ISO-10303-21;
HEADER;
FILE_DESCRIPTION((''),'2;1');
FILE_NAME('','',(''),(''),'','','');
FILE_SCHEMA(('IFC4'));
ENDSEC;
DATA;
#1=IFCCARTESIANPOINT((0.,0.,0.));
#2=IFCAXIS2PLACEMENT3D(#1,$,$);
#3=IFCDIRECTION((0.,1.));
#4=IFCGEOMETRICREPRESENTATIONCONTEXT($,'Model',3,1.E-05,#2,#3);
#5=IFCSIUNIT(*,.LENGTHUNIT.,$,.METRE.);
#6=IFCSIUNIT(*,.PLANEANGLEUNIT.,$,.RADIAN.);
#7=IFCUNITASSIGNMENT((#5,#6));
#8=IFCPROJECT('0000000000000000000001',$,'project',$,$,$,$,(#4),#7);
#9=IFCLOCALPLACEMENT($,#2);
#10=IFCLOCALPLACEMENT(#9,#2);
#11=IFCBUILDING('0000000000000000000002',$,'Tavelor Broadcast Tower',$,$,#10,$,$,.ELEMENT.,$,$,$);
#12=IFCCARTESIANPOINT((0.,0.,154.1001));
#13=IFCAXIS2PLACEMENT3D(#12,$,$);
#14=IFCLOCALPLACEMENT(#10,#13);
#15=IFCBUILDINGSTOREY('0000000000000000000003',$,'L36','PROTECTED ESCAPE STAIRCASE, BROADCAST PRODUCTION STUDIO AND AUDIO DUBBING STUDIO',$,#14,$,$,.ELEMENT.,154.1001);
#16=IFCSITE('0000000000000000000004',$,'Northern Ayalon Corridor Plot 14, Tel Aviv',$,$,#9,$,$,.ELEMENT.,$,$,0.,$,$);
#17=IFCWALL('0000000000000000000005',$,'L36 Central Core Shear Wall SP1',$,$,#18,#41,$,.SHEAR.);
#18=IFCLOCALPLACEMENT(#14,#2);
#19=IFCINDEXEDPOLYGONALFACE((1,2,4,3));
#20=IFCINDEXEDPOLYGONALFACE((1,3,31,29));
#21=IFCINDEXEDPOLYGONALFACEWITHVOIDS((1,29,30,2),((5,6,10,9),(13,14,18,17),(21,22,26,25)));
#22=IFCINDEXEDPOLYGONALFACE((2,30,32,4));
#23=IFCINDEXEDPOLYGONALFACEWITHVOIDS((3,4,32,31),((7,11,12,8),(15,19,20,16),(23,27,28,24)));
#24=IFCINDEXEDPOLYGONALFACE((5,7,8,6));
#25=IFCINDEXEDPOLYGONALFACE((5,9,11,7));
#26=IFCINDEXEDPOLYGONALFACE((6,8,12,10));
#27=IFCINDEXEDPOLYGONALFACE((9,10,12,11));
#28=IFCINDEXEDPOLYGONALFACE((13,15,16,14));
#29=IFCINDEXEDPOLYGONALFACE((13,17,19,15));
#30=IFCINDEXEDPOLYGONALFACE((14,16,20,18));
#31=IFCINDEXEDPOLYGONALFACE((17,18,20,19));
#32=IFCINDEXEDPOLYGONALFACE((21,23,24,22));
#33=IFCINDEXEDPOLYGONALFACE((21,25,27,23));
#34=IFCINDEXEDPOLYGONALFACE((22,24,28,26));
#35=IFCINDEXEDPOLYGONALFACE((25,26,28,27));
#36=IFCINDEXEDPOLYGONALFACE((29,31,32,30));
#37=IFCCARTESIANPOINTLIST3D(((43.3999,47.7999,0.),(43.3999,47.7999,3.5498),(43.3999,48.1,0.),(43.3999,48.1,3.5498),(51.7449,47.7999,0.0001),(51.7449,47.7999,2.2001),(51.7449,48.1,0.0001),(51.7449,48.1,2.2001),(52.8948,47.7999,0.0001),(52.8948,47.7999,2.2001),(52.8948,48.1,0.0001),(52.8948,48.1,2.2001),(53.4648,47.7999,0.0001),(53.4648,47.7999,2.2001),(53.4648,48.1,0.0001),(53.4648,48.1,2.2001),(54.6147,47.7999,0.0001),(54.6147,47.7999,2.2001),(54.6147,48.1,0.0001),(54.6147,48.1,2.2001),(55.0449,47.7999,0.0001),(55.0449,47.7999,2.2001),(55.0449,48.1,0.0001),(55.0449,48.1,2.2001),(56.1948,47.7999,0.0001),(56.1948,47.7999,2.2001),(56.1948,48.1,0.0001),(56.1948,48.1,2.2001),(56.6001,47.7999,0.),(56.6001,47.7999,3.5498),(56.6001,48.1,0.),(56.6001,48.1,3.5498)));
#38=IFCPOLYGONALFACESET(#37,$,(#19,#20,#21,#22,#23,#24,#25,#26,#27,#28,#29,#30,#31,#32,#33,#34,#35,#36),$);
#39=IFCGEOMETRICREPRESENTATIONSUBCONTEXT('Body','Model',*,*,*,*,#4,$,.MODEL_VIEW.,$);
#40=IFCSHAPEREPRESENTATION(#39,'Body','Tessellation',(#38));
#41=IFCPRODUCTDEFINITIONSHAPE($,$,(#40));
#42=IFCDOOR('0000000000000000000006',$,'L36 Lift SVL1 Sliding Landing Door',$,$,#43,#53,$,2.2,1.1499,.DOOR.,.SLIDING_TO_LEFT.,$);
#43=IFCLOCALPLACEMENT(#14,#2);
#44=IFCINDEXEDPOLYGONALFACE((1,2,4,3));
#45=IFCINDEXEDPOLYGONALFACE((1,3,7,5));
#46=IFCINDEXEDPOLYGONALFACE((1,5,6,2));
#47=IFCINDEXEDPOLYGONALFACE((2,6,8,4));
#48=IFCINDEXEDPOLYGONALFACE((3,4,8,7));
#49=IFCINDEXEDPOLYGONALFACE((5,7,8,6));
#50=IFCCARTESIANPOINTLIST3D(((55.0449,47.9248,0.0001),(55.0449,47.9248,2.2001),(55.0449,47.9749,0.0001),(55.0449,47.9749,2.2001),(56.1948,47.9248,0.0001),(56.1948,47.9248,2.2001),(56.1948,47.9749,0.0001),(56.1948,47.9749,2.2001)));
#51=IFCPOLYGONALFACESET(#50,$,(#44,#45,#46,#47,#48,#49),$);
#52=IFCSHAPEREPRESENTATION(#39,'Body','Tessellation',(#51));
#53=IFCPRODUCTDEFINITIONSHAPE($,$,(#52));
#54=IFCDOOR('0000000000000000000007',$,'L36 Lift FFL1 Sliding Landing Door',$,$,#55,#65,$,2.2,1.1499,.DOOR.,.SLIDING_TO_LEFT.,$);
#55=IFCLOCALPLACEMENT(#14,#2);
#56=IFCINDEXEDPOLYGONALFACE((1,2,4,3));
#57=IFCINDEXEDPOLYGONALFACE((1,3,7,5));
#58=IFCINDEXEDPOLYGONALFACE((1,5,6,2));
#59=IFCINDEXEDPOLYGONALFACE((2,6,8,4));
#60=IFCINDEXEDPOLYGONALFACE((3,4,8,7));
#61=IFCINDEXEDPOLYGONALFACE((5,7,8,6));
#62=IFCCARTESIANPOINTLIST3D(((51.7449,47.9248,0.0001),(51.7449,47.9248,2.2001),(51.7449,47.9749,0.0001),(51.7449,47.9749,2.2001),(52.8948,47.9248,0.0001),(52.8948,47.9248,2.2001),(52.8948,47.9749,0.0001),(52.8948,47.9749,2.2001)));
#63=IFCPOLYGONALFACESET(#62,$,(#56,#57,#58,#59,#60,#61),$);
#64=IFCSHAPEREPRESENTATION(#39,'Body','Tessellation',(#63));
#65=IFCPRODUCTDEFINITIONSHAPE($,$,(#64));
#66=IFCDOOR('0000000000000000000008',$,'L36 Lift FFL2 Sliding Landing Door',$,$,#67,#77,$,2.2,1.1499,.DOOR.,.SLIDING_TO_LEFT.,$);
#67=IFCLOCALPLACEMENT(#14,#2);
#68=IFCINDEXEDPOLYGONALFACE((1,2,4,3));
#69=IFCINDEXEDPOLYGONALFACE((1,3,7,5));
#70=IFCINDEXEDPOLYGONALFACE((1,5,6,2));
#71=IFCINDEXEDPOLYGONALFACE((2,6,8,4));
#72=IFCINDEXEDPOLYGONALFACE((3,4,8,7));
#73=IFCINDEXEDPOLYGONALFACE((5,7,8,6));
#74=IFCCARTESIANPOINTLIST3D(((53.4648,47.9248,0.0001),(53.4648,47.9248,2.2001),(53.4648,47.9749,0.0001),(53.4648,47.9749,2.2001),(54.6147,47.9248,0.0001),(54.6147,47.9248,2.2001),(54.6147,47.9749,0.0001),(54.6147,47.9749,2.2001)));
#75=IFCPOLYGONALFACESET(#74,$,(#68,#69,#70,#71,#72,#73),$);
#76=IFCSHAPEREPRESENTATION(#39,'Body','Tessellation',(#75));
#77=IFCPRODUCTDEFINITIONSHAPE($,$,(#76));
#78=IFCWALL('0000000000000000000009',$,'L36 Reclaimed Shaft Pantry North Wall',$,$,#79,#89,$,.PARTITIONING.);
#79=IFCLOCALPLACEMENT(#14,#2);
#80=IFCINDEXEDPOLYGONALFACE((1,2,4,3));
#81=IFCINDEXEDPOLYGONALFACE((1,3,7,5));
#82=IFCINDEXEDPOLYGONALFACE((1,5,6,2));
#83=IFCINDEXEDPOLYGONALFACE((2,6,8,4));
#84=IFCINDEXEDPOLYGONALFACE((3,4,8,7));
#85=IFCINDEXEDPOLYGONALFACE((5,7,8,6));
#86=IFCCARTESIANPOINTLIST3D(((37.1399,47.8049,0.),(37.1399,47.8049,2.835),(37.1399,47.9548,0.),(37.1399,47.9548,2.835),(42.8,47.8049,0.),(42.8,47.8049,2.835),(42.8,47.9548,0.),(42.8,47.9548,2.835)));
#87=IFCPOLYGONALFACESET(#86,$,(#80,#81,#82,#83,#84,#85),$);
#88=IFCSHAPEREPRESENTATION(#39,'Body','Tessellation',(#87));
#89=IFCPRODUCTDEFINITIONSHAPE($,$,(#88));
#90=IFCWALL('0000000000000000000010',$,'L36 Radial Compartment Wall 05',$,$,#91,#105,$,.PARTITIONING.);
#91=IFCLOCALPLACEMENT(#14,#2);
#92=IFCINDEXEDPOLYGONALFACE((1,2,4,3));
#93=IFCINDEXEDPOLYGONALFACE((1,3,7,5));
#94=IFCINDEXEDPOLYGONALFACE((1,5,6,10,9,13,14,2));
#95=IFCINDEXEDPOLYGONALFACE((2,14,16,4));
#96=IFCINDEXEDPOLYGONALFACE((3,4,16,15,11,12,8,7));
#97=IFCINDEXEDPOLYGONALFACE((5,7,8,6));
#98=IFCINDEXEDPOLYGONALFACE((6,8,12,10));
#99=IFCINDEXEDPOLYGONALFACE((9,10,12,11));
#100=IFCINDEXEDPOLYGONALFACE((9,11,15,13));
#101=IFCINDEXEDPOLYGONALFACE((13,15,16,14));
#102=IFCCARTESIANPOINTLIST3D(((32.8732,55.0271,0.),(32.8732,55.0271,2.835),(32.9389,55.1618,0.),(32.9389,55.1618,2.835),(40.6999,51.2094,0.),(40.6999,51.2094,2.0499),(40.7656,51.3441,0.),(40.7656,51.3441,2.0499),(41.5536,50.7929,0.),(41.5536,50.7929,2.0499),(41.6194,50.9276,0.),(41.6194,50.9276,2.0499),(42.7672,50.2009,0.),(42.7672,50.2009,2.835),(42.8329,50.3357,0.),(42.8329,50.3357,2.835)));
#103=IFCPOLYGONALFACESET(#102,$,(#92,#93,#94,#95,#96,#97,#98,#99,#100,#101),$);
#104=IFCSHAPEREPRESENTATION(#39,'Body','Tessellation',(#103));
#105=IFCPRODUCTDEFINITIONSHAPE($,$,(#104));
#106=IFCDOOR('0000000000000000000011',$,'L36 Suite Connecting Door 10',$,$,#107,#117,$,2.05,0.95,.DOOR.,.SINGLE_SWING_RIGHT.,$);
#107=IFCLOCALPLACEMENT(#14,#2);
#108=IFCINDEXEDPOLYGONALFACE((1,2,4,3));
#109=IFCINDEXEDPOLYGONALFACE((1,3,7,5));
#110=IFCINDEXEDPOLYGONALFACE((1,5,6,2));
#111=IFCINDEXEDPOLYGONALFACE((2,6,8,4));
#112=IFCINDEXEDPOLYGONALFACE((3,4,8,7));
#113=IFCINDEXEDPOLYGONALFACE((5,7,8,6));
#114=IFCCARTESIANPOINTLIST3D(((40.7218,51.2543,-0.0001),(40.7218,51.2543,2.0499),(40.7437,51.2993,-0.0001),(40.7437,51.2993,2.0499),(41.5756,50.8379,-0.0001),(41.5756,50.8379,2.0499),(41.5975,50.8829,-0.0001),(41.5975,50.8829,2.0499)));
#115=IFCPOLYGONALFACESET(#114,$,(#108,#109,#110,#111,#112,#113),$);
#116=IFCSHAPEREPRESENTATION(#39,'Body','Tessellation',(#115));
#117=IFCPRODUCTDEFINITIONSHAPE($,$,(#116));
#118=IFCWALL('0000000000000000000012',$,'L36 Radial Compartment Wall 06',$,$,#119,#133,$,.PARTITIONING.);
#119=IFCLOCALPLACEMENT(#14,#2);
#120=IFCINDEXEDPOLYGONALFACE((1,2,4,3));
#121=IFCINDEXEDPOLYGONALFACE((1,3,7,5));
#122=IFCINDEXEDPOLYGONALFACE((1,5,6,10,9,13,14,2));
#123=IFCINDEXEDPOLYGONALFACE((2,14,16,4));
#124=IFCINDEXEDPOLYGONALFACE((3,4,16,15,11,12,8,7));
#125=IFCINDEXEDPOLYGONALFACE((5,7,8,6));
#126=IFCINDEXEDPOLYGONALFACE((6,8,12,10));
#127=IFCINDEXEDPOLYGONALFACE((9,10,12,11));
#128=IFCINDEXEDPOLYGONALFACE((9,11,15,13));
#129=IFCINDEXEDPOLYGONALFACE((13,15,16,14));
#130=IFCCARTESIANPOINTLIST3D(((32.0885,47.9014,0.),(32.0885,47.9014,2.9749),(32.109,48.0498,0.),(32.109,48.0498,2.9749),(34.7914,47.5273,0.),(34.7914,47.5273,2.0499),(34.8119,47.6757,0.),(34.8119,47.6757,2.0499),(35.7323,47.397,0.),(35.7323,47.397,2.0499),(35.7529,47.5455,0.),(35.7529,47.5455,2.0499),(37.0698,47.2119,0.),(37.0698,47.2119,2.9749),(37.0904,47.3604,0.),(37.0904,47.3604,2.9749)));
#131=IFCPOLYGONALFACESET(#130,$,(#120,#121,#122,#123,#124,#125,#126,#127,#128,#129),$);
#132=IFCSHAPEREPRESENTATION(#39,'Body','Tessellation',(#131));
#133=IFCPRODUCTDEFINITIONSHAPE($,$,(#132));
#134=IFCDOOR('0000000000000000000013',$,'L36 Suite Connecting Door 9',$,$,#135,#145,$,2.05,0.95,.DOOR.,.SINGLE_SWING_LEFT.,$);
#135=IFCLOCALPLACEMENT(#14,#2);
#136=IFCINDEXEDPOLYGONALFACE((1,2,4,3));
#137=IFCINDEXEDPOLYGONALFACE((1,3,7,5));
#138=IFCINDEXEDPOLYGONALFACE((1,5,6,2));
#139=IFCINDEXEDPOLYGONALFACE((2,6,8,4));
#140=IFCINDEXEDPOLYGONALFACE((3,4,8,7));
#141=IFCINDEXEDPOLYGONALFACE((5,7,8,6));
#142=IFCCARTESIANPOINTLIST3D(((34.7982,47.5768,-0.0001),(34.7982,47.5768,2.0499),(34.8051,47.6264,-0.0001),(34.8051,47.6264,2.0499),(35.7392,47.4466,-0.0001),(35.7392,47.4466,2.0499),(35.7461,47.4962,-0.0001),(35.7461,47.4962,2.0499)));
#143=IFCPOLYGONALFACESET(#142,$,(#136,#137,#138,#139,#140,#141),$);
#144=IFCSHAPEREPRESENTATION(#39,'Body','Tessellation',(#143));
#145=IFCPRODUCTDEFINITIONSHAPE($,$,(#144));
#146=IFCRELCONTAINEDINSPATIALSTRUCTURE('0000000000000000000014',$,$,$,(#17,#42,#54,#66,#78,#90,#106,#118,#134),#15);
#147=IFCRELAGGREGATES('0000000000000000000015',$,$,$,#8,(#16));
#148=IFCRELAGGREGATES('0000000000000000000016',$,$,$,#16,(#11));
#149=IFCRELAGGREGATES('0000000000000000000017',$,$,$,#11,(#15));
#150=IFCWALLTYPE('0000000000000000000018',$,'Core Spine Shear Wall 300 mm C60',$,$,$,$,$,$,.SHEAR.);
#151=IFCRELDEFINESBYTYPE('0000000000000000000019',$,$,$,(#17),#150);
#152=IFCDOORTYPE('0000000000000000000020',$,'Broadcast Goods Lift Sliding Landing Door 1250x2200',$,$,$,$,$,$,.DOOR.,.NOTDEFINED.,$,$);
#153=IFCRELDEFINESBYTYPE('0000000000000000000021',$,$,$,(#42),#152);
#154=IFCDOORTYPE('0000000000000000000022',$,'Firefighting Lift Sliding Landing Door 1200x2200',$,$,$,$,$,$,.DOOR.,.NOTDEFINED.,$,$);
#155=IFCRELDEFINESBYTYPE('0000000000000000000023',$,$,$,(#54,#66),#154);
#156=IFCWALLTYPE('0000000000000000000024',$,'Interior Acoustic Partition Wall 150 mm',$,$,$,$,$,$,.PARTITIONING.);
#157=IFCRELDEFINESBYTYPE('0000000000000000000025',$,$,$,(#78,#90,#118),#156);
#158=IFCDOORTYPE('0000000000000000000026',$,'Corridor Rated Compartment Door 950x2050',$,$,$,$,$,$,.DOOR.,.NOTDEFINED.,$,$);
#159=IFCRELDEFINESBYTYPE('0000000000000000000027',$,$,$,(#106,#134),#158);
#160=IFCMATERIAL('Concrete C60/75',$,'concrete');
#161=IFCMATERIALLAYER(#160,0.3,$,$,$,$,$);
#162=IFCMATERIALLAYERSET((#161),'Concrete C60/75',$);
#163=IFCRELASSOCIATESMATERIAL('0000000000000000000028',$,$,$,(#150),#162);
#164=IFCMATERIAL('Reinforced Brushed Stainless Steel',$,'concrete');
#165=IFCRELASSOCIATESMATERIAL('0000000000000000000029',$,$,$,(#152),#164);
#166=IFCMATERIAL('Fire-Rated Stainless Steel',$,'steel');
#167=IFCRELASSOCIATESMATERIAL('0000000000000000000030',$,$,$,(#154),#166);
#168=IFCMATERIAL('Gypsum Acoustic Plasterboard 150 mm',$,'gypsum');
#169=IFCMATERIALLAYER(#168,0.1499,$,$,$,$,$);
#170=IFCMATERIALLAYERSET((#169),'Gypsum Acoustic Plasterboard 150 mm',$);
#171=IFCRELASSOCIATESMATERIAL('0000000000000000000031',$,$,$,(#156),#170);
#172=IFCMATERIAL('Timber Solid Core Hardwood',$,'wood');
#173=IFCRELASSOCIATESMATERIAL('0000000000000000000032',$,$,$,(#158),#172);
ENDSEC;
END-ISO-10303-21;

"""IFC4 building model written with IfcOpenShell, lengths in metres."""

from ifc_helpers import new_model, si_unit, direction, frame, frame_2d, origin, place, context, subcontext, project, spatial, rectangle, extrude, material, layer, layer_set, type_object, element, fill, save


model = new_model("IFC4")

# Units and contexts
model_context = context("Model", 3, precision=1e-05, world=origin(), true_north=direction((0.0, 1.0)))
body_context = subcontext(model_context, "Body", "Model", "MODEL_VIEW")
ifc_project = project(units=[si_unit("LENGTHUNIT", "METRE"), si_unit("PLANEANGLEUNIT", "RADIAN")], contexts=[model_context])

# Site, building, storey
site_placement = place(None, origin())
site = spatial("IfcSite", under=ifc_project, at=site_placement, Name="Northern Ayalon Corridor Plot 14, Tel Aviv", CompositionType="ELEMENT", RefElevation=0.0)
building_placement = place(site_placement, origin())
building = spatial("IfcBuilding", under=site, at=building_placement, Name="Tavelor Broadcast Tower", CompositionType="ELEMENT")
storey_placement = place(building_placement, frame((0.0, 0.0, 154.1001)))
storey = spatial("IfcBuildingStorey", under=building, at=storey_placement, Name="L36", Description="PROTECTED ESCAPE STAIRCASE, BROADCAST PRODUCTION STUDIO AND AUDIO DUBBING STUDIO", CompositionType="ELEMENT", Elevation=154.1001)

# Shared definitions
ifc_material_1 = material(Name="Concrete C60/75", Category="concrete")

# Wall, openings, doors
ifc_layer_1 = layer(ifc_material_1, 0.3)
ifc_layer_set_1 = layer_set([ifc_layer_1], Name="Concrete C60/75")
wall_type_1 = type_object("IfcWallType", Name="Core Spine Shear Wall 300 mm C60", PredefinedType="SHEAR", material=ifc_layer_set_1)
wall_1_placement = place(storey_placement, frame((43.3999, 47.95, 0.0), z_axis=(0.0, 0.0, 1.0), x_axis=(1.0, 0.0, 0.0)))
wall_1 = element("IfcWall", 1, at=wall_1_placement, inside=storey, type_object=wall_type_1, Name="L36 Central Core Shear Wall SP1", PredefinedType="SHEAR", context=body_context, shape_type="SweptSolid", body=[
    extrude(rectangle(XDim=13.2002, YDim=0.3, at=frame_2d((6.6001, 0.0))), origin(), (0.0, 0.0, 1.0), 3.5498),
])
opening_1_placement = place(wall_1_placement, frame((8.345, 0.0, 0.0)))
opening_1 = element("IfcOpeningElement", 2, at=opening_1_placement, cuts=wall_1, PredefinedType="OPENING", context=body_context, shape_type="SweptSolid", body=[
    extrude(rectangle(XDim=1.1499, YDim=2.2, at=frame_2d((0.575, 1.1001))), frame((0.0, 0.1602, 0.0), z_axis=(0.0, -1.0, 0.0), x_axis=(1.0, 0.0, 0.0)), (0.0, 0.0, 1.0), 0.3201),
])
opening_2_placement = place(wall_1_placement, frame((10.0649, 0.0, 0.0)))
opening_2 = element("IfcOpeningElement", 3, at=opening_2_placement, cuts=wall_1, PredefinedType="OPENING", context=body_context, shape_type="SweptSolid", body=[
    extrude(rectangle(XDim=1.1499, YDim=2.2, at=frame_2d((0.575, 1.1001))), frame((0.0, 0.1602, 0.0), z_axis=(0.0, -1.0, 0.0), x_axis=(1.0, 0.0, 0.0)), (0.0, 0.0, 1.0), 0.3201),
])
opening_3_placement = place(wall_1_placement, frame((11.645, 0.0, 0.0)))
opening_3 = element("IfcOpeningElement", 4, at=opening_3_placement, cuts=wall_1, PredefinedType="OPENING", context=body_context, shape_type="SweptSolid", body=[
    extrude(rectangle(XDim=1.1499, YDim=2.2, at=frame_2d((0.575, 1.1001))), frame((0.0, 0.1602, 0.0), z_axis=(0.0, -1.0, 0.0), x_axis=(1.0, 0.0, 0.0)), (0.0, 0.0, 1.0), 0.3201),
])
ifc_material_2 = material(Name="Reinforced Brushed Stainless Steel", Category="concrete")
door_type_1 = type_object("IfcDoorType", Name="Broadcast Goods Lift Sliding Landing Door 1250x2200", OperationType="NOTDEFINED", PredefinedType="DOOR", material=ifc_material_2)
door_1_placement = place(opening_3_placement, origin())
door_1 = element("IfcDoor", 5, at=door_1_placement, inside=storey, type_object=door_type_1, Name="L36 Lift SVL1 Sliding Landing Door", OperationType="SLIDING_TO_LEFT", OverallHeight=2.2, OverallWidth=1.1499, PredefinedType="DOOR", context=body_context, shape_type="SweptSolid", body=[
    extrude(rectangle(XDim=1.1499, YDim=2.2, at=frame_2d((0.575, 1.1001))), frame((0.0, 0.0249, 0.0), z_axis=(0.0, -1.0, 0.0), x_axis=(1.0, 0.0, 0.0)), (0.0, 0.0, 1.0), 0.05),
])
fill(opening_3, door_1)
ifc_material_3 = material(Name="Fire-Rated Stainless Steel", Category="steel")
door_type_2 = type_object("IfcDoorType", Name="Firefighting Lift Sliding Landing Door 1200x2200", OperationType="NOTDEFINED", PredefinedType="DOOR", material=ifc_material_3)
door_2_placement = place(opening_1_placement, origin())
door_2 = element("IfcDoor", 6, at=door_2_placement, inside=storey, type_object=door_type_2, Name="L36 Lift FFL1 Sliding Landing Door", OperationType="SLIDING_TO_LEFT", OverallHeight=2.2, OverallWidth=1.1499, PredefinedType="DOOR", context=body_context, shape_type="SweptSolid", body=[
    extrude(rectangle(XDim=1.1499, YDim=2.2, at=frame_2d((0.575, 1.1001))), frame((0.0, 0.0249, 0.0), z_axis=(0.0, -1.0, 0.0), x_axis=(1.0, 0.0, 0.0)), (0.0, 0.0, 1.0), 0.05),
])
fill(opening_1, door_2)
door_3_placement = place(opening_2_placement, origin())
door_3 = element("IfcDoor", 7, at=door_3_placement, inside=storey, type_object=door_type_2, Name="L36 Lift FFL2 Sliding Landing Door", OperationType="SLIDING_TO_LEFT", OverallHeight=2.2, OverallWidth=1.1499, PredefinedType="DOOR", context=body_context, shape_type="SweptSolid", body=[
    extrude(rectangle(XDim=1.1499, YDim=2.2, at=frame_2d((0.575, 1.1001))), frame((0.0, 0.0249, 0.0), z_axis=(0.0, -1.0, 0.0), x_axis=(1.0, 0.0, 0.0)), (0.0, 0.0, 1.0), 0.05),
])
fill(opening_2, door_3)

# Wall
ifc_material_4 = material(Name="Gypsum Acoustic Plasterboard 150 mm", Category="gypsum")
ifc_layer_2 = layer(ifc_material_4, 0.1499)
ifc_layer_set_2 = layer_set([ifc_layer_2], Name="Gypsum Acoustic Plasterboard 150 mm")
wall_type_2 = type_object("IfcWallType", Name="Interior Acoustic Partition Wall 150 mm", PredefinedType="PARTITIONING", material=ifc_layer_set_2)
wall_2_placement = place(storey_placement, frame((37.1399, 47.8799, 0.0), z_axis=(0.0, 0.0, 1.0), x_axis=(1.0, 0.0, 0.0)))
element("IfcWall", 8, at=wall_2_placement, inside=storey, type_object=wall_type_2, Name="L36 Reclaimed Shaft Pantry North Wall", PredefinedType="PARTITIONING", context=body_context, shape_type="SweptSolid", body=[
    extrude(rectangle(XDim=5.6602, YDim=0.1499, at=frame_2d((2.8301, 0.0))), origin(), (0.0, 0.0, 1.0), 2.835),
])

# Walls, openings, doors
wall_3_placement = place(storey_placement, frame((42.8, 50.2683, 0.0), z_axis=(0.0, 0.0, 1.0), x_axis=(-0.898775, 0.43841, 0.0)))
wall_3 = element("IfcWall", 9, at=wall_3_placement, inside=storey, type_object=wall_type_2, Name="L36 Radial Compartment Wall 05", PredefinedType="PARTITIONING", context=body_context, shape_type="SweptSolid", body=[
    extrude(rectangle(XDim=11.0083, YDim=0.1499, at=frame_2d((5.5042, 0.0))), origin(), (0.0, 0.0, 1.0), 2.835),
])
opening_4_placement = place(wall_3_placement, frame((1.3501, 0.0, 0.0)))
opening_4 = element("IfcOpeningElement", 10, at=opening_4_placement, cuts=wall_3, PredefinedType="OPENING", context=body_context, shape_type="SweptSolid", body=[
    extrude(rectangle(XDim=0.95, YDim=2.05, at=frame_2d((0.4751, 1.0249))), frame((0.0, 0.085, 0.0), z_axis=(0.0, -1.0, 0.0), x_axis=(1.0, 0.0, 0.0)), (0.0, 0.0, 1.0), 0.1699),
])
ifc_material_5 = material(Name="Timber Solid Core Hardwood", Category="wood")
door_type_3 = type_object("IfcDoorType", Name="Corridor Rated Compartment Door 950x2050", OperationType="NOTDEFINED", PredefinedType="DOOR", material=ifc_material_5)
door_4_placement = place(opening_4_placement, origin())
door_4 = element("IfcDoor", 11, at=door_4_placement, inside=storey, type_object=door_type_3, Name="L36 Suite Connecting Door 10", OperationType="SINGLE_SWING_RIGHT", OverallHeight=2.05, OverallWidth=0.95, PredefinedType="DOOR", context=body_context, shape_type="SweptSolid", body=[
    extrude(rectangle(XDim=0.95, YDim=2.05, at=frame_2d((0.4751, 1.0249))), frame((0.0, 0.0249, 0.0), z_axis=(0.0, -1.0, 0.0), x_axis=(1.0, 0.0, 0.0)), (0.0, 0.0, 1.0), 0.05),
])
fill(opening_4, door_4)
wall_4_placement = place(storey_placement, frame((37.0801, 47.2861, 0.0), z_axis=(0.0, 0.0, 1.0), x_axis=(-0.990557, 0.137104, 0.0)))
wall_4 = element("IfcWall", 12, at=wall_4_placement, inside=storey, type_object=wall_type_2, Name="L36 Radial Compartment Wall 06", PredefinedType="PARTITIONING", context=body_context, shape_type="SweptSolid", body=[
    extrude(rectangle(XDim=5.0288, YDim=0.1499, at=frame_2d((2.5144, 0.0))), origin(), (0.0, 0.0, 1.0), 2.9749),
])
opening_5_placement = place(wall_4_placement, frame((1.3501, 0.0, 0.0)))
opening_5 = element("IfcOpeningElement", 13, at=opening_5_placement, cuts=wall_4, PredefinedType="OPENING", context=body_context, shape_type="SweptSolid", body=[
    extrude(rectangle(XDim=0.95, YDim=2.05, at=frame_2d((0.4751, 1.0249))), frame((0.0, 0.085, 0.0), z_axis=(0.0, -1.0, 0.0), x_axis=(1.0, 0.0, 0.0)), (0.0, 0.0, 1.0), 0.1699),
])
door_5_placement = place(opening_5_placement, origin())
door_5 = element("IfcDoor", 14, at=door_5_placement, inside=storey, type_object=door_type_3, Name="L36 Suite Connecting Door 9", OperationType="SINGLE_SWING_LEFT", OverallHeight=2.05, OverallWidth=0.95, PredefinedType="DOOR", context=body_context, shape_type="SweptSolid", body=[
    extrude(rectangle(XDim=0.95, YDim=2.05, at=frame_2d((0.4751, 1.0249))), frame((0.0, 0.0249, 0.0), z_axis=(0.0, -1.0, 0.0), x_axis=(1.0, 0.0, 0.0)), (0.0, 0.0, 1.0), 0.05),
])
fill(opening_5, door_5)

save(model, "model.ifc")
